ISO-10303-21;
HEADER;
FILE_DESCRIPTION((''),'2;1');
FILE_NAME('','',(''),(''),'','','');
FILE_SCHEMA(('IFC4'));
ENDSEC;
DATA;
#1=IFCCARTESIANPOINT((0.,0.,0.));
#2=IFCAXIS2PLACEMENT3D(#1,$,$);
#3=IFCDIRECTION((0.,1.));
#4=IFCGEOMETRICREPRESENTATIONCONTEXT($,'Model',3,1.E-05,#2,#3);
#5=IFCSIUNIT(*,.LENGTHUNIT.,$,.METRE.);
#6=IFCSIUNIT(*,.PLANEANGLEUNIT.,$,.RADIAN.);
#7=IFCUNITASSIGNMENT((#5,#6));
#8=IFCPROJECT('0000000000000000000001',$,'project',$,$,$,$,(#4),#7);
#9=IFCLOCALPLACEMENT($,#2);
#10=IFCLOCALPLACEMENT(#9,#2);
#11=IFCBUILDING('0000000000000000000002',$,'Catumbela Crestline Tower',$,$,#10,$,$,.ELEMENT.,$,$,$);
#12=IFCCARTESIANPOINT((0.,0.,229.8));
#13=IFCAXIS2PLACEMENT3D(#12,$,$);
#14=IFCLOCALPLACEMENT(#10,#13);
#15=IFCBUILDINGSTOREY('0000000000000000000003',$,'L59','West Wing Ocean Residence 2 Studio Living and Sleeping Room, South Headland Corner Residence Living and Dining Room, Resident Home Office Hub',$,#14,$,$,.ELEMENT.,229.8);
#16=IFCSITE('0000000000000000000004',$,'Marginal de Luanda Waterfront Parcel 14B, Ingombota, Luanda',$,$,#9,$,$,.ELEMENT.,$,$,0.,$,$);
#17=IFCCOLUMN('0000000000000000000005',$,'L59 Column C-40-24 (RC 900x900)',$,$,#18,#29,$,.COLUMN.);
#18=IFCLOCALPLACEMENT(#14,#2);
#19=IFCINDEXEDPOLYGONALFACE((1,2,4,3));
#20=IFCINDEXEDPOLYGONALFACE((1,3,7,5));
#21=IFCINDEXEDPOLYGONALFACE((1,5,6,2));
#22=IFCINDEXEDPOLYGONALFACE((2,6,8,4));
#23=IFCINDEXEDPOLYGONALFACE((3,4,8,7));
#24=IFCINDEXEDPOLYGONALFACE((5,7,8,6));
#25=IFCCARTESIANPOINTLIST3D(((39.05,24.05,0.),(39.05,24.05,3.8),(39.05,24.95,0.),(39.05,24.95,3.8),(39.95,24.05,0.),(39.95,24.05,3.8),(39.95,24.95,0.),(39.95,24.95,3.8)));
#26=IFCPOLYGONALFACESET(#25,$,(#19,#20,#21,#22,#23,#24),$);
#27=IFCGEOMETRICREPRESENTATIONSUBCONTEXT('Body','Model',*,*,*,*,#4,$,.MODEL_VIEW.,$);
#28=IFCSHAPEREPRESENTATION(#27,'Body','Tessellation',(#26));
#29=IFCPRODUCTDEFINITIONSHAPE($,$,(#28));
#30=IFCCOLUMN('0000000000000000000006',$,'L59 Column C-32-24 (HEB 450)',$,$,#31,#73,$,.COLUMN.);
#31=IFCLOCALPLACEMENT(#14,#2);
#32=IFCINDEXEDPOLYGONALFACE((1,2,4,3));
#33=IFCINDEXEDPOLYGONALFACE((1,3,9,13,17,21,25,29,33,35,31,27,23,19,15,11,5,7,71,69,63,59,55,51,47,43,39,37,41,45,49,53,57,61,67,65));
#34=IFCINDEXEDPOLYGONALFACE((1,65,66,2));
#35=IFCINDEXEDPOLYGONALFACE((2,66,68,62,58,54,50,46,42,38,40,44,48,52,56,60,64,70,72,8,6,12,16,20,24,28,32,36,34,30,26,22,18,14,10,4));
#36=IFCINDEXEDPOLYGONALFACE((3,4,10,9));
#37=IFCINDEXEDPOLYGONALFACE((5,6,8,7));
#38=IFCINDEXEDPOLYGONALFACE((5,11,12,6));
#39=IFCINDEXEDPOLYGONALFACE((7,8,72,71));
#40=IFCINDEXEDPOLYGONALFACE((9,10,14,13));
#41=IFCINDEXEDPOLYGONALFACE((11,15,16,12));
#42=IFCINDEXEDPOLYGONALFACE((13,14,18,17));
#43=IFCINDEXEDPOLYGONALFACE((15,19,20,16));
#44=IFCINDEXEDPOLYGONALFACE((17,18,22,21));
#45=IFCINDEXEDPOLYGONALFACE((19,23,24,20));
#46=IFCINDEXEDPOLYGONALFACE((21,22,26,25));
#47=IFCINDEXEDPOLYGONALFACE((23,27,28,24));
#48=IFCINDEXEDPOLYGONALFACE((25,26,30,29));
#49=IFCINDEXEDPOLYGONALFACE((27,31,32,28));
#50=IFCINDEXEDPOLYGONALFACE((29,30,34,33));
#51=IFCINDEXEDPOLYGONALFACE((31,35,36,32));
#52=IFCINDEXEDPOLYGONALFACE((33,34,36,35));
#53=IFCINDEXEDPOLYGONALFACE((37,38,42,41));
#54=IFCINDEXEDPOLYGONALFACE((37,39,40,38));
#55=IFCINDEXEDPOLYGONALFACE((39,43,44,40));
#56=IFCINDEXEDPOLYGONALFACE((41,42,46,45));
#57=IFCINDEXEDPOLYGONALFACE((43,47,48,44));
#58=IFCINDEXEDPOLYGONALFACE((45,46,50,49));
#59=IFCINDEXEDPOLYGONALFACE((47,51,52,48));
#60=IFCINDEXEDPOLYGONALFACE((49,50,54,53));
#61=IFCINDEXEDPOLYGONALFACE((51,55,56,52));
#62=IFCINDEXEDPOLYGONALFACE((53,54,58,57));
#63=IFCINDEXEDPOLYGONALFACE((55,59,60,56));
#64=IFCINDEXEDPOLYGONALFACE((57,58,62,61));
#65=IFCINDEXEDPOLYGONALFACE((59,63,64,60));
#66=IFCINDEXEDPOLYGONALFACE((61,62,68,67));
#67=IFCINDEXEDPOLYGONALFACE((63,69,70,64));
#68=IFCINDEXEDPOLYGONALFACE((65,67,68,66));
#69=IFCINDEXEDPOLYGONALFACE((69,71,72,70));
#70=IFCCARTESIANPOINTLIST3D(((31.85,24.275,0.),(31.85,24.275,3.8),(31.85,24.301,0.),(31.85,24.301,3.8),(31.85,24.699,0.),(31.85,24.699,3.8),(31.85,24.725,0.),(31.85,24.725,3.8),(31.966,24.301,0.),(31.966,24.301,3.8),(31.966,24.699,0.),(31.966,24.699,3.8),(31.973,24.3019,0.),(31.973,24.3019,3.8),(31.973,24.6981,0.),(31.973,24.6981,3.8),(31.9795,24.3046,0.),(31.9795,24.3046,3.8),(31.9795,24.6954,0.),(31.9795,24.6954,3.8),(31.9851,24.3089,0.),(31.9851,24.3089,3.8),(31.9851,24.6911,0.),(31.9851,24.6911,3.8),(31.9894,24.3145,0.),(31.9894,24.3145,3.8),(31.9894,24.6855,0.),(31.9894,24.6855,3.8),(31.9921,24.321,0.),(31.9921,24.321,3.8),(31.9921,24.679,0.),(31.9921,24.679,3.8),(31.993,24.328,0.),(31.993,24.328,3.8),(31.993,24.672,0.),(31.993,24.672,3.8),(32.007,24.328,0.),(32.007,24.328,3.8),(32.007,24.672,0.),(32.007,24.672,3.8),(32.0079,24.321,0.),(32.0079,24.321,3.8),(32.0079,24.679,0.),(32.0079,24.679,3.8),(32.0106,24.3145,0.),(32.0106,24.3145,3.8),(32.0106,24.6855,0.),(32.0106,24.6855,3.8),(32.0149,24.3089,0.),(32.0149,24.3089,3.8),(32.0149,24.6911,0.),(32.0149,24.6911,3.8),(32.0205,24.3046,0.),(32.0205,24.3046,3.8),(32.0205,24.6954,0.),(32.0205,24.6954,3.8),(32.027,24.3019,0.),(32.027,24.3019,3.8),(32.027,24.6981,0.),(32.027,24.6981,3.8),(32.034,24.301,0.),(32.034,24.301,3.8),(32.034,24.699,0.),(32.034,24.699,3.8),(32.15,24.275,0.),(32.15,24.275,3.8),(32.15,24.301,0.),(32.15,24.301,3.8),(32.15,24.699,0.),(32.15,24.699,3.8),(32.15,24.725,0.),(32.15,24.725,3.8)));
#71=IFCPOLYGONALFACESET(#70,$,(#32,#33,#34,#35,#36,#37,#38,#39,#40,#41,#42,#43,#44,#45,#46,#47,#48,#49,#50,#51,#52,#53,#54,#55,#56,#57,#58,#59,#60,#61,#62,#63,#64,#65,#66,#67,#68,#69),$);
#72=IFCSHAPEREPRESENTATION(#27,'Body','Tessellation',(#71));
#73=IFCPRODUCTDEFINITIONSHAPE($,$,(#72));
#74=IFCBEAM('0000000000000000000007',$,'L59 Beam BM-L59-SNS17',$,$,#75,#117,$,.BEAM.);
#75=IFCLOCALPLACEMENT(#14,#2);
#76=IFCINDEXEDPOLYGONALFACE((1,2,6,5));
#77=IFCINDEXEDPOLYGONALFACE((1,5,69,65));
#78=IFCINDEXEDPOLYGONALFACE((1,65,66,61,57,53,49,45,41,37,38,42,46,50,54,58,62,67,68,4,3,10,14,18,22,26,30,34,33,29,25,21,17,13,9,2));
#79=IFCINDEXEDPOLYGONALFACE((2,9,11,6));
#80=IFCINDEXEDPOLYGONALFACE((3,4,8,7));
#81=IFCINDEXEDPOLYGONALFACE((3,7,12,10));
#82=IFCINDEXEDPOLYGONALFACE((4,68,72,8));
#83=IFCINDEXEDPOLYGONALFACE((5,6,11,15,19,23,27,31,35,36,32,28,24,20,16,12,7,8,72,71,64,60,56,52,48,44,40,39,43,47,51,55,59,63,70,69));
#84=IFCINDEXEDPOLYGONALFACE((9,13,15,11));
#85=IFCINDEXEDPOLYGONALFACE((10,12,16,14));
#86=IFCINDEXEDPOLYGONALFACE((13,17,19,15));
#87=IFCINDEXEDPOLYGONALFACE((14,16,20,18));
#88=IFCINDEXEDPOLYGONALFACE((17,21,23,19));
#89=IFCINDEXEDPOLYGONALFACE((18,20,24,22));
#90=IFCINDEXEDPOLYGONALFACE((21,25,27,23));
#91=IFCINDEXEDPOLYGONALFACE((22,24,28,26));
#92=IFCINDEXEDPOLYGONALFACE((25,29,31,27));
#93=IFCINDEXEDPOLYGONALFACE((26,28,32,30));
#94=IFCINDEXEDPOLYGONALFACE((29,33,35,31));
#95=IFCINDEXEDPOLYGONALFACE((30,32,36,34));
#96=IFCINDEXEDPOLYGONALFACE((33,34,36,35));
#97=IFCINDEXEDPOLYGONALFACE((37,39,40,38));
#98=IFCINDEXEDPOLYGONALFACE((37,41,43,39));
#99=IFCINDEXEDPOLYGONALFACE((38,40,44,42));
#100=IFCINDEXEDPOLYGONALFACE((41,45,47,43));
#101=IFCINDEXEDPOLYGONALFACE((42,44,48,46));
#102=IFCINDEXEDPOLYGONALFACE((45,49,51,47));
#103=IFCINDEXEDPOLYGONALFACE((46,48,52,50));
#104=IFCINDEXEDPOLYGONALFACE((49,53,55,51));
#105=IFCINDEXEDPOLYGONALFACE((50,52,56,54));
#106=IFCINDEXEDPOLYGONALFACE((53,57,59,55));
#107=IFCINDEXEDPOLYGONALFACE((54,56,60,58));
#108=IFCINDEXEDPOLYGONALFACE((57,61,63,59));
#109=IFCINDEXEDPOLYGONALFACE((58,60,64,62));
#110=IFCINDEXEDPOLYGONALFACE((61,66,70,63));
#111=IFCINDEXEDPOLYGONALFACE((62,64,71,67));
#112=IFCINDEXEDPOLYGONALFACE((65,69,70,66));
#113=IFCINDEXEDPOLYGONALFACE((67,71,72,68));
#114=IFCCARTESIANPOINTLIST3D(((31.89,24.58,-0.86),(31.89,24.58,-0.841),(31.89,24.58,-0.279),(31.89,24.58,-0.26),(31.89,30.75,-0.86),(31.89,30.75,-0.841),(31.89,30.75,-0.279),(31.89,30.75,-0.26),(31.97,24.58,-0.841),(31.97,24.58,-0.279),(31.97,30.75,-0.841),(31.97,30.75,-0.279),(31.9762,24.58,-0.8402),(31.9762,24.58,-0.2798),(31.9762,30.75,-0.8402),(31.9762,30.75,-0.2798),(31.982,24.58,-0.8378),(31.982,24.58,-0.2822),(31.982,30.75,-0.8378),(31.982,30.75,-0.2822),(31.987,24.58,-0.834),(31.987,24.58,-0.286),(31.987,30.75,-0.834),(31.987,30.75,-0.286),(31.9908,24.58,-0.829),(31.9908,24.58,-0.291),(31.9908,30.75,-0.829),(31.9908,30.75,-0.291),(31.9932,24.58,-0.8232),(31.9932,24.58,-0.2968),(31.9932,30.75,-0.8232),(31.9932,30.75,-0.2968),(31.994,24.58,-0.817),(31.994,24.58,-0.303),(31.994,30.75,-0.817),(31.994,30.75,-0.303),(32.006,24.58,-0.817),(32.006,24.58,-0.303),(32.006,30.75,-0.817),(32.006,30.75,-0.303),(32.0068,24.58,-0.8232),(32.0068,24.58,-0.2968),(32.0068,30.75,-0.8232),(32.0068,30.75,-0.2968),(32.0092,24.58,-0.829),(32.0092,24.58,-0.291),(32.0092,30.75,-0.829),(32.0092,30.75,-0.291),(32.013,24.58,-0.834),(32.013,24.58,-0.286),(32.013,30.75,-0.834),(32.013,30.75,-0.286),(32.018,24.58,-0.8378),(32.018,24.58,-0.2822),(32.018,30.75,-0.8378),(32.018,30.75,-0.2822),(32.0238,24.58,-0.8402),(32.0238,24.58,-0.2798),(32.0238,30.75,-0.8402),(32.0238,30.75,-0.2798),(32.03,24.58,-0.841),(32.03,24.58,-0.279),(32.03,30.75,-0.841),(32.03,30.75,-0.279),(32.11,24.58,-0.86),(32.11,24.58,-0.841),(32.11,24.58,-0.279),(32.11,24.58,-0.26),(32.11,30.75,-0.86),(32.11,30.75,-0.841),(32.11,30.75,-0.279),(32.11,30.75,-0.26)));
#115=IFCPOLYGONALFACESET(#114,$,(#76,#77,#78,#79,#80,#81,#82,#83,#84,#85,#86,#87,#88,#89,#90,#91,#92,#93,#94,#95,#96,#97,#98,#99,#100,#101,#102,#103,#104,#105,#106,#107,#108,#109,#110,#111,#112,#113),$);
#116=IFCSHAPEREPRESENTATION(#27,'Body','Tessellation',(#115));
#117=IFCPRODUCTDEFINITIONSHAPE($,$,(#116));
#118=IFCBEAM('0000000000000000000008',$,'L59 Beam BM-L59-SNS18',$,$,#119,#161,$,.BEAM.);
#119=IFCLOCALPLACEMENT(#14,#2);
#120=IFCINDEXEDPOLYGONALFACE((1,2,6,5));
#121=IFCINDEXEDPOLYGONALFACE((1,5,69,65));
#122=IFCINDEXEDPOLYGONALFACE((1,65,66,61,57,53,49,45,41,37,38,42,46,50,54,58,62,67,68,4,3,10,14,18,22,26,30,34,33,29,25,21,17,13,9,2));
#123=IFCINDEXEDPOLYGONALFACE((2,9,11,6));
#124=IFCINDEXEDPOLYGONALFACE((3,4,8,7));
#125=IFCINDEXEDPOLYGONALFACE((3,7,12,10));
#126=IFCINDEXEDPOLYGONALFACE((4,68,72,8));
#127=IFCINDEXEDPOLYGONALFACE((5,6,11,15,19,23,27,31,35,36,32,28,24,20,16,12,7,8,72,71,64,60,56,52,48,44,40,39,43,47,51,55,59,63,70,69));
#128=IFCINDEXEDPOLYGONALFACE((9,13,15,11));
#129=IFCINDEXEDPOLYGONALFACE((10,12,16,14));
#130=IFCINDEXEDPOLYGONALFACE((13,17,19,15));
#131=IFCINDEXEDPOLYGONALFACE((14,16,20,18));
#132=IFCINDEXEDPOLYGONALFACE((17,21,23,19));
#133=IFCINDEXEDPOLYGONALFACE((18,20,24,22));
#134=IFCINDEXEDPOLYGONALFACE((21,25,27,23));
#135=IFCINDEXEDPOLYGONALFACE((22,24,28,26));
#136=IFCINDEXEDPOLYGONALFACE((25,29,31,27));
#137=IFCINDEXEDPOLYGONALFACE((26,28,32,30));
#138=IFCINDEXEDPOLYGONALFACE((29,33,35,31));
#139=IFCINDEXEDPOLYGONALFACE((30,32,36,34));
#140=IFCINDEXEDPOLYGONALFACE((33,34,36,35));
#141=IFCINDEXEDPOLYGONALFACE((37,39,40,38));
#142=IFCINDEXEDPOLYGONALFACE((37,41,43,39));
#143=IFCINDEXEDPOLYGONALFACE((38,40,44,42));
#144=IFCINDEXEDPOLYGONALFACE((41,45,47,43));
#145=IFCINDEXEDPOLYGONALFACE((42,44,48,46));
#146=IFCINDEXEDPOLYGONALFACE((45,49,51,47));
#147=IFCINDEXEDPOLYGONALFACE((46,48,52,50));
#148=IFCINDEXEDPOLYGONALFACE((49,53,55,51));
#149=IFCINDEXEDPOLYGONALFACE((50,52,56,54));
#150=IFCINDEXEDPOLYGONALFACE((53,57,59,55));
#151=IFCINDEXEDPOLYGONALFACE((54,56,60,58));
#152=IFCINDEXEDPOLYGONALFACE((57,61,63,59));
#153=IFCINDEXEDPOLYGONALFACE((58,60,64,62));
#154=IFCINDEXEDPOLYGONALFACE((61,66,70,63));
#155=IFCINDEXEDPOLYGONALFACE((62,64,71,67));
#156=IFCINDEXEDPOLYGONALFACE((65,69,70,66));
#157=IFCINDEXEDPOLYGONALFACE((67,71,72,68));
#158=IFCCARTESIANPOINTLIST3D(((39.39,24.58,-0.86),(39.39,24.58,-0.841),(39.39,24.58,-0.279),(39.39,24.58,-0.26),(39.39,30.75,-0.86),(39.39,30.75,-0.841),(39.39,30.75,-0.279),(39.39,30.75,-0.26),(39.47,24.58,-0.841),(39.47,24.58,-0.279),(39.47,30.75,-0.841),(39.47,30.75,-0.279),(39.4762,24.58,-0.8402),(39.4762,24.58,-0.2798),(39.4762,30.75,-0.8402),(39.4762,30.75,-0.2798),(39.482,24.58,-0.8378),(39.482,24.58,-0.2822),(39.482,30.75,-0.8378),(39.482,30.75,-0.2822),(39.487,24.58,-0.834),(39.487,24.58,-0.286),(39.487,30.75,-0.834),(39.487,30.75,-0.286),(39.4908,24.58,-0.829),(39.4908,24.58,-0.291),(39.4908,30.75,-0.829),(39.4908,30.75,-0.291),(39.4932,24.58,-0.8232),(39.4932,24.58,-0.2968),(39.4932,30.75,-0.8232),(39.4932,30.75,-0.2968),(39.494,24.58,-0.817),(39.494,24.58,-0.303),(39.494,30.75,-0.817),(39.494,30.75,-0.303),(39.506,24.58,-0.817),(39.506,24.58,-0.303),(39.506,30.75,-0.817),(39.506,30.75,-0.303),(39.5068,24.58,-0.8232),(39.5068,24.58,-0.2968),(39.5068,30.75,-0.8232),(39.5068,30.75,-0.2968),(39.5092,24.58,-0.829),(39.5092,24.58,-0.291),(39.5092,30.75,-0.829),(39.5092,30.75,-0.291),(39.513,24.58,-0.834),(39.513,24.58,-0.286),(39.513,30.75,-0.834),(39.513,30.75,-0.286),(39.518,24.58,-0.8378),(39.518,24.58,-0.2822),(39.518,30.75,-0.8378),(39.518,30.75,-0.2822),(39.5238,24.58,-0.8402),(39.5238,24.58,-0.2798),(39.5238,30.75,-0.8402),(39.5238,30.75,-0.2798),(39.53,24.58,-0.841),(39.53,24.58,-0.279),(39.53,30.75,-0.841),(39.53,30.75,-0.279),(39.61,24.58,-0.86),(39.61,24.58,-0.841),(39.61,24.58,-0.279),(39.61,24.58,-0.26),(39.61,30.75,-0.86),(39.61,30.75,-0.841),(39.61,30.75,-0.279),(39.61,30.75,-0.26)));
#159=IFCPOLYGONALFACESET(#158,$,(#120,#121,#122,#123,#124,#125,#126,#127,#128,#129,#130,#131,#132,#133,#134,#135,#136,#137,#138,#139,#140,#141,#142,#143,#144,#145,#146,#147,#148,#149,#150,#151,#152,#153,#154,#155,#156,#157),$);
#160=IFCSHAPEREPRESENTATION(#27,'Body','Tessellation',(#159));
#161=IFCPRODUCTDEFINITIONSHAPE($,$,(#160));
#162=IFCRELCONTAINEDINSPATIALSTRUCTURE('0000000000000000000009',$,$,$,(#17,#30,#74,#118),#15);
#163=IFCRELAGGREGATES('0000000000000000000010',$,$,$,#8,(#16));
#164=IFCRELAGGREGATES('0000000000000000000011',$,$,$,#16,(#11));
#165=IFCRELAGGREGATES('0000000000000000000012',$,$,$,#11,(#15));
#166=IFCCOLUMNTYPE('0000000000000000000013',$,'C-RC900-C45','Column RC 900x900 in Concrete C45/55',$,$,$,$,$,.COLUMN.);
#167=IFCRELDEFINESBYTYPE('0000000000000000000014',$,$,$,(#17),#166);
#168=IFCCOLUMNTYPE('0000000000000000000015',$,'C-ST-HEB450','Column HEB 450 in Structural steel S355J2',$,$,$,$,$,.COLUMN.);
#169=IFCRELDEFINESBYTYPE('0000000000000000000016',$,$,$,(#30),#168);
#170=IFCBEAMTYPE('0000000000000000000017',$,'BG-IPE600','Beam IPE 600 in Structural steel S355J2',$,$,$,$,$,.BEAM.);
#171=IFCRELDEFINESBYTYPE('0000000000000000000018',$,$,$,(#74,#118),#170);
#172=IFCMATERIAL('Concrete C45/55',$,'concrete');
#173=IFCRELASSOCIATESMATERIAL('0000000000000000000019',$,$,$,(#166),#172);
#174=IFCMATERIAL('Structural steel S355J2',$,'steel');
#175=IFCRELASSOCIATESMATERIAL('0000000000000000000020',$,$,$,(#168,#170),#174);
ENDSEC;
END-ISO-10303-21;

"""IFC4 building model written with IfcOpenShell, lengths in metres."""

from ifc_helpers import new_model, si_unit, direction, frame, origin, origin_2d, place, context, subcontext, project, spatial, rectangle, i_section, extrude, material, material_profile, profile_set, type_object, element, save


model = new_model("IFC4")

# Units and contexts
model_context = context("Model", 3, precision=1e-05, world=origin(), true_north=direction((0.0, 1.0)))
body_context = subcontext(model_context, "Body", "Model", "MODEL_VIEW")
ifc_project = project(units=[si_unit("LENGTHUNIT", "METRE"), si_unit("PLANEANGLEUNIT", "RADIAN")], contexts=[model_context])

# Site, building, storey
site_placement = place(None, origin())
site = spatial("IfcSite", under=ifc_project, at=site_placement, Name="Marginal de Luanda Waterfront Parcel 14B, Ingombota, Luanda", CompositionType="ELEMENT", RefElevation=0.0)
building_placement = place(site_placement, origin())
building = spatial("IfcBuilding", under=site, at=building_placement, Name="Catumbela Crestline Tower", CompositionType="ELEMENT")
storey_placement = place(building_placement, frame((0.0, 0.0, 229.8)))
storey = spatial("IfcBuildingStorey", under=building, at=storey_placement, Name="L59", Description="West Wing Ocean Residence 2 Studio Living and Sleeping Room, South Headland Corner Residence Living and Dining Room, Resident Home Office Hub", CompositionType="ELEMENT", Elevation=229.8)

# Columns
ifc_material_1 = material(Name="Concrete C45/55", Category="concrete")
ifc_material_profile_1 = material_profile(ifc_material_1, rectangle(XDim=0.9, YDim=0.9, at=origin_2d()), Name="RC 900x900")
ifc_profile_set_1 = profile_set([ifc_material_profile_1], Name="Concrete C45/55")
column_type_1 = type_object("IfcColumnType", Name="C-RC900-C45", Description="Column RC 900x900 in Concrete C45/55", PredefinedType="COLUMN", material=ifc_profile_set_1)
column_1_placement = place(storey_placement, frame((39.5, 24.5, 0.0), z_axis=(0.0, 0.0, 1.0), x_axis=(1.0, 0.0, 0.0)))
element("IfcColumn", 1, at=column_1_placement, inside=storey, type_object=column_type_1, Name="L59 Column C-40-24 (RC 900x900)", PredefinedType="COLUMN", context=body_context, shape_type="SweptSolid", body=[
    extrude(rectangle(XDim=0.9, YDim=0.9, at=origin_2d()), origin(), (0.0, 0.0, 1.0), 3.8),
])
ifc_material_2 = material(Name="Structural steel S355J2", Category="steel")
ifc_material_profile_2 = material_profile(ifc_material_2, i_section(OverallWidth=0.3, OverallDepth=0.45, WebThickness=0.014, FlangeThickness=0.026, FilletRadius=0.027, at=origin_2d()), Name="HEB 450")
ifc_profile_set_2 = profile_set([ifc_material_profile_2], Name="Structural steel S355J2")
column_type_2 = type_object("IfcColumnType", Name="C-ST-HEB450", Description="Column HEB 450 in Structural steel S355J2", PredefinedType="COLUMN", material=ifc_profile_set_2)
column_2_placement = place(storey_placement, frame((32.0, 24.5, 0.0), z_axis=(0.0, 0.0, 1.0), x_axis=(1.0, 0.0, 0.0)))
element("IfcColumn", 2, at=column_2_placement, inside=storey, type_object=column_type_2, Name="L59 Column C-32-24 (HEB 450)", PredefinedType="COLUMN", context=body_context, shape_type="SweptSolid", body=[
    extrude(i_section(OverallWidth=0.3, OverallDepth=0.45, WebThickness=0.014, FlangeThickness=0.026, FilletRadius=0.027, at=origin_2d()), origin(), (0.0, 0.0, 1.0), 3.8),
])

# Beams
ifc_material_profile_3 = material_profile(ifc_material_2, i_section(OverallWidth=0.22, OverallDepth=0.6, WebThickness=0.012, FlangeThickness=0.019, FilletRadius=0.024, at=origin_2d()), Name="IPE 600")
ifc_profile_set_3 = profile_set([ifc_material_profile_3], Name="Structural steel S355J2")
beam_type_1 = type_object("IfcBeamType", Name="BG-IPE600", Description="Beam IPE 600 in Structural steel S355J2", PredefinedType="BEAM", material=ifc_profile_set_3)
for number, where, z_axis, x_axis, name in (
    (3, (32.0, 24.58, -0.56), (0.0, 1.0, 0.0), (-1.0, 0.0, 0.0), "L59 Beam BM-L59-SNS17"),
    (4, (39.5, 24.58, -0.56), (0.0, 1.0, 0.0), (-1.0, 0.0, 0.0), "L59 Beam BM-L59-SNS18"),
):
    element("IfcBeam", number, at=place(storey_placement, frame(where, z_axis=z_axis, x_axis=x_axis)), inside=storey, type_object=beam_type_1, Name=name, PredefinedType="BEAM", context=body_context, shape_type="SweptSolid", body=[
        extrude(i_section(OverallWidth=0.22, OverallDepth=0.6, WebThickness=0.012, FlangeThickness=0.019, FilletRadius=0.024, at=origin_2d()), origin(), (0.0, 0.0, 1.0), 6.17),
    ])

save(model, "model.ifc")
